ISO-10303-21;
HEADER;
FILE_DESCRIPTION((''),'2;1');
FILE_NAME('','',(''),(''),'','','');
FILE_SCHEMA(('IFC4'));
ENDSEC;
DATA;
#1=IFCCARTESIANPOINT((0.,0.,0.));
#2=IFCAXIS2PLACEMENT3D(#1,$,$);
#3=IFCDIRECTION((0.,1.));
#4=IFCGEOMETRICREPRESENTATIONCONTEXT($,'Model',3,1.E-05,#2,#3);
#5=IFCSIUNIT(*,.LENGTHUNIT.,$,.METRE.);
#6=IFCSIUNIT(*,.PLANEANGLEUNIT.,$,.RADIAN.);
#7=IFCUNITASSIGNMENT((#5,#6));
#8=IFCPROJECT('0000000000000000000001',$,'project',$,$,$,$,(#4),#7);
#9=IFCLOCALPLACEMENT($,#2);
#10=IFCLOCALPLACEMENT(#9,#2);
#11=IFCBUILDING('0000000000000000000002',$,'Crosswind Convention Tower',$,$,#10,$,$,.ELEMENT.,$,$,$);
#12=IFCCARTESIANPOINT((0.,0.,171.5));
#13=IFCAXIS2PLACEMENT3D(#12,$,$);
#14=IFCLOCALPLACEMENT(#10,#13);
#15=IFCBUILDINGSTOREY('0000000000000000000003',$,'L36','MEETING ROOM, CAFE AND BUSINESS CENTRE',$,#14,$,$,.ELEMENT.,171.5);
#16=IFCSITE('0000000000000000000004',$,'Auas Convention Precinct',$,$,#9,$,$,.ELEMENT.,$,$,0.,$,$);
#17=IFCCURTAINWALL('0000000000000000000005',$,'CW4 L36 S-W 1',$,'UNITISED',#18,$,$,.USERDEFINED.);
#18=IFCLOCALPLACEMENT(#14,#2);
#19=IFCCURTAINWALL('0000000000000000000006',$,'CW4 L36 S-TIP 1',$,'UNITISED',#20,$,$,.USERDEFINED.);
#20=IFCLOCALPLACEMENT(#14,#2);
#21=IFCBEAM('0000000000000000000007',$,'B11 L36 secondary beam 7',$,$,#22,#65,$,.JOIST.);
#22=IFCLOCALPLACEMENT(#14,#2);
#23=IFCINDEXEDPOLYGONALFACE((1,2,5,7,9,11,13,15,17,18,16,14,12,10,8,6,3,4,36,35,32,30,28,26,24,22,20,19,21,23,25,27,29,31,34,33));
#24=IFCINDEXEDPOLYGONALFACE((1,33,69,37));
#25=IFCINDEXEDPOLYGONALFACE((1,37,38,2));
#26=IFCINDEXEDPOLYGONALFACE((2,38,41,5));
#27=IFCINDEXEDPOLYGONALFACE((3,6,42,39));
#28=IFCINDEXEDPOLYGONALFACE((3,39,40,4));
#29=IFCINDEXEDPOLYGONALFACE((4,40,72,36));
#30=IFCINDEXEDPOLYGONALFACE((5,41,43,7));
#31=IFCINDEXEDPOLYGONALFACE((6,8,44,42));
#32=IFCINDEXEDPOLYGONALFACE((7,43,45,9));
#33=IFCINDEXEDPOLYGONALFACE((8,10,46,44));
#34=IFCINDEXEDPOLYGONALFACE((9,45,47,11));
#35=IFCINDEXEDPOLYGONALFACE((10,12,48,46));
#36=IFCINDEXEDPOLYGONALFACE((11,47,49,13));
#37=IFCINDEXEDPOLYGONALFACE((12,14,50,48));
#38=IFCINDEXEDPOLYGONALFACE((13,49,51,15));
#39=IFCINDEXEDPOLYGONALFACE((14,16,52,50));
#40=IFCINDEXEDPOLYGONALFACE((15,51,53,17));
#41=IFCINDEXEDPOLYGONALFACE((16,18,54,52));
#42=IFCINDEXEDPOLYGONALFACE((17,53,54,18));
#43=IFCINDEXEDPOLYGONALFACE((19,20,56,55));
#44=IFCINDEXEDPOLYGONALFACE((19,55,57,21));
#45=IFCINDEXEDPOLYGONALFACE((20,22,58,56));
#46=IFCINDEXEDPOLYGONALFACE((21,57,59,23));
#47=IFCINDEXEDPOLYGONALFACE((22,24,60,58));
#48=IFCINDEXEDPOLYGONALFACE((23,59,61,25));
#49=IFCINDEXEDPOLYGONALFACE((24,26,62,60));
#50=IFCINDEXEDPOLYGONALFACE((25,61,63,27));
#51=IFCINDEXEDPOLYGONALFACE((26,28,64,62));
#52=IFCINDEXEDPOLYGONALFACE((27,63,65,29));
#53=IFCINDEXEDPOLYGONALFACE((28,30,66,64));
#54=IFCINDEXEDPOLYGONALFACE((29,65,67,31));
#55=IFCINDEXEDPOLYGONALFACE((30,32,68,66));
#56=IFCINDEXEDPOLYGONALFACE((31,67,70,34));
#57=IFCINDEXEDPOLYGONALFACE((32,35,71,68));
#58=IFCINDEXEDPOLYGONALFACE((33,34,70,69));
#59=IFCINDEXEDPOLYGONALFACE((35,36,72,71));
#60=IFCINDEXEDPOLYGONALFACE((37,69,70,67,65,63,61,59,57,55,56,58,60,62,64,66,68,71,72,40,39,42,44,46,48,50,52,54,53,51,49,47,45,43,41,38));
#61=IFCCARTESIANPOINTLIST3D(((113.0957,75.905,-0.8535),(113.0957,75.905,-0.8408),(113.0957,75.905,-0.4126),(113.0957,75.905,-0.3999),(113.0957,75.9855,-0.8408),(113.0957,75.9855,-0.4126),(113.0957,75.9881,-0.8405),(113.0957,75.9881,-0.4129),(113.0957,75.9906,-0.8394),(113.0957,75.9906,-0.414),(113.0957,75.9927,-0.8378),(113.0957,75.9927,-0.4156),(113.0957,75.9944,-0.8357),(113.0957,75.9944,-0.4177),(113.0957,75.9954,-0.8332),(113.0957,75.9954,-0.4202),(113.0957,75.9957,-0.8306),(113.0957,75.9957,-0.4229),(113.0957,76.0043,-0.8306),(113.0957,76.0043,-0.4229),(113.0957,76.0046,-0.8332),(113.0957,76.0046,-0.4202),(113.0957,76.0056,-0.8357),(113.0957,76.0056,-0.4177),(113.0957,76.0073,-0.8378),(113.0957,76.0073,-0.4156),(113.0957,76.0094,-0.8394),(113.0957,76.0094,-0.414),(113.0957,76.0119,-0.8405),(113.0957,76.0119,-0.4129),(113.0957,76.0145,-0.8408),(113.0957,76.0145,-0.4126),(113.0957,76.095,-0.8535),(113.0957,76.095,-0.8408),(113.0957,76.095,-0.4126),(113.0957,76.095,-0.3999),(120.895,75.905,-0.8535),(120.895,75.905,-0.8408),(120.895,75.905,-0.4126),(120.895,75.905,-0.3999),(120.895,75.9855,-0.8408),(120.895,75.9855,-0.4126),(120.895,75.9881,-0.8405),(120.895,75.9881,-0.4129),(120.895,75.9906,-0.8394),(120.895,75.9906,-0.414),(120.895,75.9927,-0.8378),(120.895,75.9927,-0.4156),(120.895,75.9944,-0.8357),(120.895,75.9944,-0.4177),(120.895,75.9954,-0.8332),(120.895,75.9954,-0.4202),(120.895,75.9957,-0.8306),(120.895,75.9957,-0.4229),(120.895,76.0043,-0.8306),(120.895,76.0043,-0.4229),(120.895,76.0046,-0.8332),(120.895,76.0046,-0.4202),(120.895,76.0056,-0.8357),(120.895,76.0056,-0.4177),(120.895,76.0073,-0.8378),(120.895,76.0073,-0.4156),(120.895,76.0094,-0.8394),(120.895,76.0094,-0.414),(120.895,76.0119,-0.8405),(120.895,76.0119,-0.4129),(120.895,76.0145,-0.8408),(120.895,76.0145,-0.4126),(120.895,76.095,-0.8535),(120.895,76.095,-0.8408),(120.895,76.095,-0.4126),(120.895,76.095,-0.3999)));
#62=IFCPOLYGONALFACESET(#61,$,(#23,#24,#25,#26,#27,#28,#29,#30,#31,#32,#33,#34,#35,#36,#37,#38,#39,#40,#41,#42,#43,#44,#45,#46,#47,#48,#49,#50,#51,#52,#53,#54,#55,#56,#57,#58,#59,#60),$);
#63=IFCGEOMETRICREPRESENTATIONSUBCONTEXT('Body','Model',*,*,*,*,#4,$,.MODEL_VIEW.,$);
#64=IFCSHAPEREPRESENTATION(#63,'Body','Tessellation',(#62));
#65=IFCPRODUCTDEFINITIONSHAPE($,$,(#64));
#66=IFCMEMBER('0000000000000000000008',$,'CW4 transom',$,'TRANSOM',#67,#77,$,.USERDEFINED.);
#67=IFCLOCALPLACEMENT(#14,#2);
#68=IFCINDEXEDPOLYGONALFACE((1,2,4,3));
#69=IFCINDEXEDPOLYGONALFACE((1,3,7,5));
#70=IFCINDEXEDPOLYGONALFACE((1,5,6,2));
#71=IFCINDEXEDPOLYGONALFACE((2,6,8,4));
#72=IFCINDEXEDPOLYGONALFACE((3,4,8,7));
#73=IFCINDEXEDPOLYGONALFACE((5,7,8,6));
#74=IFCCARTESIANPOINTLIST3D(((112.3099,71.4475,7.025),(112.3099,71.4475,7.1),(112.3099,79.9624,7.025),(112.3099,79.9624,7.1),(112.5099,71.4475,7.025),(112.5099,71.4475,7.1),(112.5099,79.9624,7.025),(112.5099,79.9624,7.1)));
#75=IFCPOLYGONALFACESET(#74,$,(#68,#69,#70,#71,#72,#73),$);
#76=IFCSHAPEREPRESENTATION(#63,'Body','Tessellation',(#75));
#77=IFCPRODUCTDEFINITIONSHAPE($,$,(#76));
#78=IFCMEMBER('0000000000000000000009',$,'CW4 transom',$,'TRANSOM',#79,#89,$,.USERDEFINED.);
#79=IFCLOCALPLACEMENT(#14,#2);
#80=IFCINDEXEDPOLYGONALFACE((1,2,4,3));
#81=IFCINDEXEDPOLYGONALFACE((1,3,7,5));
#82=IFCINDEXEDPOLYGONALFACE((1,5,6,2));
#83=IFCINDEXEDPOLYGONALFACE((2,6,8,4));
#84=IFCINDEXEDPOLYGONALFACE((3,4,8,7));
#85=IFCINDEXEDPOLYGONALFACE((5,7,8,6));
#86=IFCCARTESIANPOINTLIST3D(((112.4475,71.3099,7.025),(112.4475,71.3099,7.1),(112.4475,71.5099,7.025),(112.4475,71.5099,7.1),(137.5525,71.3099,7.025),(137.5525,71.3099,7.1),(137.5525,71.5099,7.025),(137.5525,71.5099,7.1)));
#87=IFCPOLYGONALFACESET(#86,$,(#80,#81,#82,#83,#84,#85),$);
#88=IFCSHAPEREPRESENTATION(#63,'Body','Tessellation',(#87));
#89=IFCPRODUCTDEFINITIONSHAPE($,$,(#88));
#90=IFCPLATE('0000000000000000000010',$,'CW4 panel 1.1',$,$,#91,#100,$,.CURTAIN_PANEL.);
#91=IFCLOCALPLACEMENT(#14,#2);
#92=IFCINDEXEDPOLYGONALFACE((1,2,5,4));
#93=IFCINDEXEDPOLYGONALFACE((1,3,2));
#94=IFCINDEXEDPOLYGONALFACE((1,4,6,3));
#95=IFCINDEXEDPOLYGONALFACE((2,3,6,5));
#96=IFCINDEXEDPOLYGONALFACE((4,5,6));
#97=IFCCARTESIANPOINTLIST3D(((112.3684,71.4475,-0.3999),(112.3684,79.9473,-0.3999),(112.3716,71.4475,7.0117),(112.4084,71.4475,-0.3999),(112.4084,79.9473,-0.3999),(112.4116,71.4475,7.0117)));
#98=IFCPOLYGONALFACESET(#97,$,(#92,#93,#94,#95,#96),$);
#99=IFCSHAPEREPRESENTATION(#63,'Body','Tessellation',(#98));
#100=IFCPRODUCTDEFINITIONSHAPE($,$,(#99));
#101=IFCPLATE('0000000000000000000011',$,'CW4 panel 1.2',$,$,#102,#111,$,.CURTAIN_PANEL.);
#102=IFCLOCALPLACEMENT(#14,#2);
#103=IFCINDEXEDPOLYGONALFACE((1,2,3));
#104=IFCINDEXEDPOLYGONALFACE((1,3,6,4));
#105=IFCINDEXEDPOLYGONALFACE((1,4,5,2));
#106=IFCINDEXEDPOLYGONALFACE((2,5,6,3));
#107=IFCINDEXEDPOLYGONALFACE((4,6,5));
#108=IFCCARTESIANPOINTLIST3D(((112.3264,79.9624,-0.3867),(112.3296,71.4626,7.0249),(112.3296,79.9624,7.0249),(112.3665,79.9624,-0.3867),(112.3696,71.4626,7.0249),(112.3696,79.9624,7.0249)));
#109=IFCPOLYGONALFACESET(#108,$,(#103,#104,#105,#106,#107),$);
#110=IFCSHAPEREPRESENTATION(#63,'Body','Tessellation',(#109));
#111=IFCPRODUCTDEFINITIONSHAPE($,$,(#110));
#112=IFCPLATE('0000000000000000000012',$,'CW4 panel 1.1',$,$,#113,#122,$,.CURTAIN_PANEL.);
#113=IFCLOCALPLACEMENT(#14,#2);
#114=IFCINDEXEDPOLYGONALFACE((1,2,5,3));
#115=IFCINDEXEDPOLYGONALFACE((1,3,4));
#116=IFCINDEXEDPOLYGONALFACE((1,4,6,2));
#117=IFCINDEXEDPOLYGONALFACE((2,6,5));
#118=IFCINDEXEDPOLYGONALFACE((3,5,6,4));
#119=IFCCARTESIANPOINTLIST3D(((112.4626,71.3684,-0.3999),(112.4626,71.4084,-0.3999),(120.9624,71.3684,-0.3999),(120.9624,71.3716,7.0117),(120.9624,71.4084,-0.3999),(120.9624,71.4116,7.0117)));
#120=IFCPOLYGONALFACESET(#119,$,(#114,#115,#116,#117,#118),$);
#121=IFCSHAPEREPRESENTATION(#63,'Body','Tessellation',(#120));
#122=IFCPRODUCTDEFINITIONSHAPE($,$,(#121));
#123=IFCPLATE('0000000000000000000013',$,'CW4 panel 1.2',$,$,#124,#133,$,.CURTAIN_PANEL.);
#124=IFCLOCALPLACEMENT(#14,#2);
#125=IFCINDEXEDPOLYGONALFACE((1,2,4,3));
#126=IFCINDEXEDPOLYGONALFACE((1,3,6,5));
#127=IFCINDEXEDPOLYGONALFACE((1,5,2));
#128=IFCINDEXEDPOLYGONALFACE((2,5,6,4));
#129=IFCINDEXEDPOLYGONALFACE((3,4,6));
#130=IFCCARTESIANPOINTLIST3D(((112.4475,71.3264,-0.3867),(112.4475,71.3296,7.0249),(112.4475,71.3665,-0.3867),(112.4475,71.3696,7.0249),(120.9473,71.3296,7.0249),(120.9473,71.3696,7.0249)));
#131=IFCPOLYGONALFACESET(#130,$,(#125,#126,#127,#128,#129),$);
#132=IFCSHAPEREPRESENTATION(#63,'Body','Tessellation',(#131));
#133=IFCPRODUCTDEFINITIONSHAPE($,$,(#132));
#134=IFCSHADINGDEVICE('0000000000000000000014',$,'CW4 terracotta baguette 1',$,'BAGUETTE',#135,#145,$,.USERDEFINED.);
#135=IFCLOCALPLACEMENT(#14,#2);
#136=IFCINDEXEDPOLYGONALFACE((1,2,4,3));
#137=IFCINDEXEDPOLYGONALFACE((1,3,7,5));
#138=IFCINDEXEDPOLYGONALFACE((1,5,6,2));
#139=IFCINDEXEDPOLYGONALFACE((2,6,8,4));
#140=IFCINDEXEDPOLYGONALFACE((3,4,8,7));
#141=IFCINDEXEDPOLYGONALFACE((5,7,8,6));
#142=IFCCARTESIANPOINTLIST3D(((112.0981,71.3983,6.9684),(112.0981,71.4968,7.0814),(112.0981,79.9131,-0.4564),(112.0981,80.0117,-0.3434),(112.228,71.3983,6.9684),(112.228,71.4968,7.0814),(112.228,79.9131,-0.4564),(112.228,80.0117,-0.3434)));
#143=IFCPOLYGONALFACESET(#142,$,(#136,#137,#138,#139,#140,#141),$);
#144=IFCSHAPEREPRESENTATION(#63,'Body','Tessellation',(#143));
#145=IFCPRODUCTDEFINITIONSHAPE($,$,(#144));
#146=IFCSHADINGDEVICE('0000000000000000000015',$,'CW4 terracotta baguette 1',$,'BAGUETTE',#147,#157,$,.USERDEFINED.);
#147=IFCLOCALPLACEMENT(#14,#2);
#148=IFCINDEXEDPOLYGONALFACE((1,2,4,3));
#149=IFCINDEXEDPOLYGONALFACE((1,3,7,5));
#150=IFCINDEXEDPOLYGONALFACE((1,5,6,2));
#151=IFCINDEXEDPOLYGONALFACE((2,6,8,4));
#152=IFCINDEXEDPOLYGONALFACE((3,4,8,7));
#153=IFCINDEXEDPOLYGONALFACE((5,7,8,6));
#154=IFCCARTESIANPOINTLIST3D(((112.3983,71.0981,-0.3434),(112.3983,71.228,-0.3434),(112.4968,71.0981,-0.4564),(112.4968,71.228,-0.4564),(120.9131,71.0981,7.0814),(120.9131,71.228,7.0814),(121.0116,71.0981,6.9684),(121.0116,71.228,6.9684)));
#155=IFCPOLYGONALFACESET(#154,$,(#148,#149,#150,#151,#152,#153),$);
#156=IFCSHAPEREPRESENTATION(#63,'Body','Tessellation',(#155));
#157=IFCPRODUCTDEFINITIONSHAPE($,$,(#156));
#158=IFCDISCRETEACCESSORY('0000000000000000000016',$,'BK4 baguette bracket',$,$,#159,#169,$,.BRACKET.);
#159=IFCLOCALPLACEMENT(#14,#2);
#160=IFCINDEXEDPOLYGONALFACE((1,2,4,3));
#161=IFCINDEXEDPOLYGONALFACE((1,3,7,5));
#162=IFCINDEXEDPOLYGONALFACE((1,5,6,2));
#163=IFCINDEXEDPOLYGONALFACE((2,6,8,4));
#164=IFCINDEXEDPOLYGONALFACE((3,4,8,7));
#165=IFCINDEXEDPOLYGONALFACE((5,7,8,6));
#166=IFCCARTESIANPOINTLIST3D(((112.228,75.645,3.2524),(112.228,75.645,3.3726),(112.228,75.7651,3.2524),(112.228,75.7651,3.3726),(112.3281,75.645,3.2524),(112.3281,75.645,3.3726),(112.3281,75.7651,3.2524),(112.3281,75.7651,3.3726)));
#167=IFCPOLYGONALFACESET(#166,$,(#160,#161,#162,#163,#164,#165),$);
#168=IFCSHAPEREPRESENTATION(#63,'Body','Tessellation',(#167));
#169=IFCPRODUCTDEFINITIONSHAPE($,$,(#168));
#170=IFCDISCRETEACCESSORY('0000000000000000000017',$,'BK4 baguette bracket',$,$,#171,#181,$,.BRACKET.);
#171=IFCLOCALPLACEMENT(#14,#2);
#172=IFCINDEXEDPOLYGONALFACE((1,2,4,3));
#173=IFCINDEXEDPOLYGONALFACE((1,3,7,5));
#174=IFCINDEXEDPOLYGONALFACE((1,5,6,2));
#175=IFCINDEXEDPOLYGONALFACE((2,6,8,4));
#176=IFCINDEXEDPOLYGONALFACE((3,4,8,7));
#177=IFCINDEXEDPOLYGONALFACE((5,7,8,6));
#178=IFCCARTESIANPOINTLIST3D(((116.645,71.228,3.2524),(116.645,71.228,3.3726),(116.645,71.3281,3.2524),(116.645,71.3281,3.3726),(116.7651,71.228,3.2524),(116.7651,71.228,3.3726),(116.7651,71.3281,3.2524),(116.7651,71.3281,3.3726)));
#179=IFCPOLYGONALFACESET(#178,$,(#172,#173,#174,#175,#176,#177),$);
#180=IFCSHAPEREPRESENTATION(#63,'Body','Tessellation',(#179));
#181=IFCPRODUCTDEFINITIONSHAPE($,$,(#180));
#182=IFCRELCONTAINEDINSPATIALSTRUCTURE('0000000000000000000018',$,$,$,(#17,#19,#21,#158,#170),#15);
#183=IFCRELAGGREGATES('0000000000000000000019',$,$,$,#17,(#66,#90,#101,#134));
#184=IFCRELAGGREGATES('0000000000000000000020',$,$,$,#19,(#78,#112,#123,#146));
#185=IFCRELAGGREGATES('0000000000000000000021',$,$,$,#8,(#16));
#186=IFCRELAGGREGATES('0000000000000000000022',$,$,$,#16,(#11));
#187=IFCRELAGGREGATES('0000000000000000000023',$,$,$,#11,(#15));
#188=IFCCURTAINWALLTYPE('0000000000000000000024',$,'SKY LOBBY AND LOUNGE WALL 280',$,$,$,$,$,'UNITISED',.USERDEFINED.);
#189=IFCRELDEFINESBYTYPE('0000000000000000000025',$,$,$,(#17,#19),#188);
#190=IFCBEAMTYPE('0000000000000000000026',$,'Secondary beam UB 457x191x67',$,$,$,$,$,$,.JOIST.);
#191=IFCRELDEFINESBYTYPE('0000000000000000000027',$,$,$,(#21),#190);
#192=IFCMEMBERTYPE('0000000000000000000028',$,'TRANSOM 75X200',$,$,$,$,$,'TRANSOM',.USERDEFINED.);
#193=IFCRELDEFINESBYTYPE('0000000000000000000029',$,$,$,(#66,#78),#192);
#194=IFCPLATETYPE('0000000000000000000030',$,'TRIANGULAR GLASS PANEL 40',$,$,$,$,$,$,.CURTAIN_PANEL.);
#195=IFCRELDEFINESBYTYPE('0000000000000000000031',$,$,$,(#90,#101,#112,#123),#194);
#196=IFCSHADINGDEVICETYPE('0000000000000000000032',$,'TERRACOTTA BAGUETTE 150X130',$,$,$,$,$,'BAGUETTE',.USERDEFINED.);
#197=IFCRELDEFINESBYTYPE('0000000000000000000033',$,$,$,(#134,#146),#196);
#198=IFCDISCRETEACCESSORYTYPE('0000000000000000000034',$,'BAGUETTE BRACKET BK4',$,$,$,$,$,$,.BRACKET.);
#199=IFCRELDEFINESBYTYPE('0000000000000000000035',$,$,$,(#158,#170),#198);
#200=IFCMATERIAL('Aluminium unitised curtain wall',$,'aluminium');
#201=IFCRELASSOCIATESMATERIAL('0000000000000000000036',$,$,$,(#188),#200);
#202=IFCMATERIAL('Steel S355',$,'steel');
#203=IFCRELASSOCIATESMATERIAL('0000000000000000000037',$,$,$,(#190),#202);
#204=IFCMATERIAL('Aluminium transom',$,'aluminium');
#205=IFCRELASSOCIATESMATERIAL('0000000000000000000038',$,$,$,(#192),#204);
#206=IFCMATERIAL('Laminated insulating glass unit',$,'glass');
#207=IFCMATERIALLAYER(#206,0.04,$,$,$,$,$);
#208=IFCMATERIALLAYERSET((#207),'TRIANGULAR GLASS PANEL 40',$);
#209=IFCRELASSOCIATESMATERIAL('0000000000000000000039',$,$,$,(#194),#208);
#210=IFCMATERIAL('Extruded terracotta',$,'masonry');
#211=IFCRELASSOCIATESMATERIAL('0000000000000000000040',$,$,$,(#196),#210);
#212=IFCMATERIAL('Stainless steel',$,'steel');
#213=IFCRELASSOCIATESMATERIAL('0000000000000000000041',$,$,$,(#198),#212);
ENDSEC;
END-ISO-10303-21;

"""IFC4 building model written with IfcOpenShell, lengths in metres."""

from ifc_helpers import new_model, si_unit, direction, frame, origin, origin_2d, place, context, subcontext, project, spatial, polyline, rectangle, i_section, outline, extrude, material, layer, layer_set, material_profile, profile_set, type_object, element, aggregate, save


model = new_model("IFC4")

# Units and contexts
model_context = context("Model", 3, precision=1e-05, world=origin(), true_north=direction((0.0, 1.0)))
body_context = subcontext(model_context, "Body", "Model", "MODEL_VIEW")
ifc_project = project(units=[si_unit("LENGTHUNIT", "METRE"), si_unit("PLANEANGLEUNIT", "RADIAN")], contexts=[model_context])

# Site, building, storey
site_placement = place(None, origin())
site = spatial("IfcSite", under=ifc_project, at=site_placement, Name="Auas Convention Precinct", CompositionType="ELEMENT", RefElevation=0.0)
building_placement = place(site_placement, origin())
building = spatial("IfcBuilding", under=site, at=building_placement, Name="Crosswind Convention Tower", CompositionType="ELEMENT")
storey_placement = place(building_placement, frame((0.0, 0.0, 171.5)))
storey = spatial("IfcBuildingStorey", under=building, at=storey_placement, Name="L36", Description="MEETING ROOM, CAFE AND BUSINESS CENTRE", CompositionType="ELEMENT", Elevation=171.5)

# Shared definitions
ifc_material_1 = material(Name="Steel S355", Category="steel")

# Curtain wall
ifc_material_2 = material(Name="Aluminium unitised curtain wall", Category="aluminium")
curtain_wall_type = type_object("IfcCurtainWallType", Name="SKY LOBBY AND LOUNGE WALL 280", ElementType="UNITISED", PredefinedType="USERDEFINED", material=ifc_material_2)
curtain_wall_1_placement = place(storey_placement, origin())
curtain_wall_1 = element("IfcCurtainWall", 1, at=curtain_wall_1_placement, inside=storey, type_object=curtain_wall_type, Name="CW4 L36 S-W 1", ObjectType="UNITISED", PredefinedType="USERDEFINED")

# Curtain wall
curtain_wall_2_placement = place(storey_placement, origin())
curtain_wall_2 = element("IfcCurtainWall", 2, at=curtain_wall_2_placement, inside=storey, type_object=curtain_wall_type, Name="CW4 L36 S-TIP 1", ObjectType="UNITISED", PredefinedType="USERDEFINED")

# Beam
ifc_material_profile_1 = material_profile(ifc_material_1, i_section(OverallWidth=0.1899, OverallDepth=0.4536, WebThickness=0.0085, FlangeThickness=0.0127, FilletRadius=0.0103, at=origin_2d()), Name="UB 457x191x67")
ifc_profile_set_1 = profile_set([ifc_material_profile_1], Name="Steel S355")
beam_type_1 = type_object("IfcBeamType", Name="Secondary beam UB 457x191x67", PredefinedType="JOIST", material=ifc_profile_set_1)
beam_1_placement = place(storey_placement, frame((113.0957, 76.0, -0.6267), z_axis=(1.0, 0.0, 0.0), x_axis=(0.0, 1.0, 0.0)))
element("IfcBeam", 3, at=beam_1_placement, inside=storey, type_object=beam_type_1, Name="B11 L36 secondary beam 7", PredefinedType="JOIST", context=body_context, shape_type="SweptSolid", body=[
    extrude(i_section(OverallWidth=0.1899, OverallDepth=0.4536, WebThickness=0.0085, FlangeThickness=0.0127, FilletRadius=0.0103, at=origin_2d()), origin(), (0.0, 0.0, 1.0), 7.7993),
])

# Members
ifc_material_3 = material(Name="Aluminium transom", Category="aluminium")
ifc_material_profile_2 = material_profile(ifc_material_3, rectangle(XDim=0.2, YDim=0.075, at=origin_2d()), Name="AL 200X75")
ifc_profile_set_2 = profile_set([ifc_material_profile_2], Name="Aluminium transom")
member_type_1 = type_object("IfcMemberType", Name="TRANSOM 75X200", ElementType="TRANSOM", PredefinedType="USERDEFINED", material=ifc_profile_set_2)
member_1_placement = place(storey_placement, frame((112.4099, 79.9624, 7.0625), z_axis=(0.0, -1.0, 0.0), x_axis=(1.0, 0.0, 0.0)))
member_1 = element("IfcMember", 4, at=member_1_placement, type_object=member_type_1, Name="CW4 transom", ObjectType="TRANSOM", PredefinedType="USERDEFINED", context=body_context, shape_type="SweptSolid", body=[
    extrude(rectangle(XDim=0.2, YDim=0.075, at=origin_2d()), origin(), (0.0, 0.0, 1.0), 8.5149),
])
member_2_placement = place(storey_placement, frame((112.4475, 71.4099, 7.0625), z_axis=(1.0, 0.0, 0.0), x_axis=(0.0, 1.0, 0.0)))
member_2 = element("IfcMember", 5, at=member_2_placement, type_object=member_type_1, Name="CW4 transom", ObjectType="TRANSOM", PredefinedType="USERDEFINED", context=body_context, shape_type="SweptSolid", body=[
    extrude(rectangle(XDim=0.2, YDim=0.075, at=origin_2d()), origin(), (0.0, 0.0, 1.0), 25.105),
])

# Plates
ifc_material_4 = material(Name="Laminated insulating glass unit", Category="glass")
ifc_layer = layer(ifc_material_4, 0.04)
ifc_layer_set = layer_set([ifc_layer], Name="TRIANGULAR GLASS PANEL 40")
plate_type = type_object("IfcPlateType", Name="TRIANGULAR GLASS PANEL 40", PredefinedType="CURTAIN_PANEL", material=ifc_layer_set)
plate_1_placement = place(storey_placement, frame((112.3684, 71.4475, -0.3999), z_axis=(-1.0, 0.0, 0.000428), x_axis=(0.000428, 0.0, 1.0)))
plate_1 = element("IfcPlate", 6, at=plate_1_placement, type_object=plate_type, Name="CW4 panel 1.1", PredefinedType="CURTAIN_PANEL", context=body_context, shape_type="SweptSolid", body=[
    extrude(outline(polyline([(0.0, 0.0), (7.4116, 0.0), (0.0, 8.4998), (0.0, 0.0)])), origin(), (0.0, 0.0, -1.0), 0.04),
])
plate_2_placement = place(storey_placement, frame((112.3296, 79.9624, 7.0249), z_axis=(-1.0, 0.0, 0.000428), x_axis=(-0.000428, 0.0, -1.0)))
plate_2 = element("IfcPlate", 7, at=plate_2_placement, type_object=plate_type, Name="CW4 panel 1.2", PredefinedType="CURTAIN_PANEL", context=body_context, shape_type="SweptSolid", body=[
    extrude(outline(polyline([(0.0, 0.0), (7.4116, 0.0), (0.0, 8.4998), (0.0, 0.0)])), origin(), (0.0, 0.0, -1.0), 0.04),
])
plate_3_placement = place(storey_placement, frame((120.9624, 71.3684, -0.3999), z_axis=(0.0, -1.0, 0.000428), x_axis=(0.0, 0.000428, 1.0)))
plate_3 = element("IfcPlate", 8, at=plate_3_placement, type_object=plate_type, Name="CW4 panel 1.1", PredefinedType="CURTAIN_PANEL", context=body_context, shape_type="SweptSolid", body=[
    extrude(outline(polyline([(0.0, 0.0), (7.4116, 0.0), (0.0, 8.4998), (0.0, 0.0)])), origin(), (0.0, 0.0, -1.0), 0.04),
])
plate_4_placement = place(storey_placement, frame((112.4475, 71.3296, 7.0249), z_axis=(0.0, -1.0, 0.000428), x_axis=(0.0, -0.000428, -1.0)))
plate_4 = element("IfcPlate", 9, at=plate_4_placement, type_object=plate_type, Name="CW4 panel 1.2", PredefinedType="CURTAIN_PANEL", context=body_context, shape_type="SweptSolid", body=[
    extrude(outline(polyline([(0.0, 0.0), (7.4116, 0.0), (0.0, 8.4998), (0.0, 0.0)])), origin(), (0.0, 0.0, -1.0), 0.04),
])

# Shading devices
ifc_material_5 = material(Name="Extruded terracotta", Category="masonry")
ifc_material_profile_3 = material_profile(ifc_material_5, rectangle(XDim=0.1299, YDim=0.1499, at=origin_2d()), Name="TC 130X150")
ifc_profile_set_3 = profile_set([ifc_material_profile_3], Name="Extruded terracotta")
shading_device_type = type_object("IfcShadingDeviceType", Name="TERRACOTTA BAGUETTE 150X130", ElementType="BAGUETTE", PredefinedType="USERDEFINED", material=ifc_profile_set_3)
shading_device_1_placement = place(storey_placement, frame((112.1631, 79.9624, -0.3999), z_axis=(0.0, -0.753704, 0.657214), x_axis=(1.0, 0.0, 0.0)))
shading_device_1 = element("IfcShadingDevice", 10, at=shading_device_1_placement, type_object=shading_device_type, Name="CW4 terracotta baguette 1", ObjectType="BAGUETTE", PredefinedType="USERDEFINED", context=body_context, shape_type="SweptSolid", body=[
    extrude(rectangle(XDim=0.1299, YDim=0.1499, at=origin_2d()), origin(), (0.0, 0.0, 1.0), 11.2974),
])
aggregate(curtain_wall_1, [member_1, plate_1, plate_2, shading_device_1])
shading_device_2_placement = place(storey_placement, frame((112.4475, 71.1631, -0.3999), z_axis=(0.753704, 0.0, 0.657214), x_axis=(0.0, 1.0, 0.0)))
shading_device_2 = element("IfcShadingDevice", 11, at=shading_device_2_placement, type_object=shading_device_type, Name="CW4 terracotta baguette 1", ObjectType="BAGUETTE", PredefinedType="USERDEFINED", context=body_context, shape_type="SweptSolid", body=[
    extrude(rectangle(XDim=0.1299, YDim=0.1499, at=origin_2d()), origin(), (0.0, 0.0, 1.0), 11.2974),
])
aggregate(curtain_wall_2, [member_2, plate_3, plate_4, shading_device_2])

# Discrete accessories
ifc_material_6 = material(Name="Stainless steel", Category="steel")
discrete_accessory_type = type_object("IfcDiscreteAccessoryType", Name="BAGUETTE BRACKET BK4", PredefinedType="BRACKET", material=ifc_material_6)
for number, where, z_axis, x_axis, name in (
    (12, (112.2781, 75.7051, 3.2524), (0.0, 0.0, 1.0), (0.0, -1.0, 0.0), "BK4 baguette bracket"),
    (13, (116.7051, 71.2781, 3.2524), (0.0, 0.0, 1.0), (1.0, 0.0, 0.0), "BK4 baguette bracket"),
):
    element("IfcDiscreteAccessory", number, at=place(storey_placement, frame(where, z_axis=z_axis, x_axis=x_axis)), inside=storey, type_object=discrete_accessory_type, Name=name, PredefinedType="BRACKET", context=body_context, shape_type="SweptSolid", body=[
        extrude(rectangle(XDim=0.1201, YDim=0.1001, at=origin_2d()), origin(), (0.0, 0.0, 1.0), 0.1201),
    ])

save(model, "model.ifc")
